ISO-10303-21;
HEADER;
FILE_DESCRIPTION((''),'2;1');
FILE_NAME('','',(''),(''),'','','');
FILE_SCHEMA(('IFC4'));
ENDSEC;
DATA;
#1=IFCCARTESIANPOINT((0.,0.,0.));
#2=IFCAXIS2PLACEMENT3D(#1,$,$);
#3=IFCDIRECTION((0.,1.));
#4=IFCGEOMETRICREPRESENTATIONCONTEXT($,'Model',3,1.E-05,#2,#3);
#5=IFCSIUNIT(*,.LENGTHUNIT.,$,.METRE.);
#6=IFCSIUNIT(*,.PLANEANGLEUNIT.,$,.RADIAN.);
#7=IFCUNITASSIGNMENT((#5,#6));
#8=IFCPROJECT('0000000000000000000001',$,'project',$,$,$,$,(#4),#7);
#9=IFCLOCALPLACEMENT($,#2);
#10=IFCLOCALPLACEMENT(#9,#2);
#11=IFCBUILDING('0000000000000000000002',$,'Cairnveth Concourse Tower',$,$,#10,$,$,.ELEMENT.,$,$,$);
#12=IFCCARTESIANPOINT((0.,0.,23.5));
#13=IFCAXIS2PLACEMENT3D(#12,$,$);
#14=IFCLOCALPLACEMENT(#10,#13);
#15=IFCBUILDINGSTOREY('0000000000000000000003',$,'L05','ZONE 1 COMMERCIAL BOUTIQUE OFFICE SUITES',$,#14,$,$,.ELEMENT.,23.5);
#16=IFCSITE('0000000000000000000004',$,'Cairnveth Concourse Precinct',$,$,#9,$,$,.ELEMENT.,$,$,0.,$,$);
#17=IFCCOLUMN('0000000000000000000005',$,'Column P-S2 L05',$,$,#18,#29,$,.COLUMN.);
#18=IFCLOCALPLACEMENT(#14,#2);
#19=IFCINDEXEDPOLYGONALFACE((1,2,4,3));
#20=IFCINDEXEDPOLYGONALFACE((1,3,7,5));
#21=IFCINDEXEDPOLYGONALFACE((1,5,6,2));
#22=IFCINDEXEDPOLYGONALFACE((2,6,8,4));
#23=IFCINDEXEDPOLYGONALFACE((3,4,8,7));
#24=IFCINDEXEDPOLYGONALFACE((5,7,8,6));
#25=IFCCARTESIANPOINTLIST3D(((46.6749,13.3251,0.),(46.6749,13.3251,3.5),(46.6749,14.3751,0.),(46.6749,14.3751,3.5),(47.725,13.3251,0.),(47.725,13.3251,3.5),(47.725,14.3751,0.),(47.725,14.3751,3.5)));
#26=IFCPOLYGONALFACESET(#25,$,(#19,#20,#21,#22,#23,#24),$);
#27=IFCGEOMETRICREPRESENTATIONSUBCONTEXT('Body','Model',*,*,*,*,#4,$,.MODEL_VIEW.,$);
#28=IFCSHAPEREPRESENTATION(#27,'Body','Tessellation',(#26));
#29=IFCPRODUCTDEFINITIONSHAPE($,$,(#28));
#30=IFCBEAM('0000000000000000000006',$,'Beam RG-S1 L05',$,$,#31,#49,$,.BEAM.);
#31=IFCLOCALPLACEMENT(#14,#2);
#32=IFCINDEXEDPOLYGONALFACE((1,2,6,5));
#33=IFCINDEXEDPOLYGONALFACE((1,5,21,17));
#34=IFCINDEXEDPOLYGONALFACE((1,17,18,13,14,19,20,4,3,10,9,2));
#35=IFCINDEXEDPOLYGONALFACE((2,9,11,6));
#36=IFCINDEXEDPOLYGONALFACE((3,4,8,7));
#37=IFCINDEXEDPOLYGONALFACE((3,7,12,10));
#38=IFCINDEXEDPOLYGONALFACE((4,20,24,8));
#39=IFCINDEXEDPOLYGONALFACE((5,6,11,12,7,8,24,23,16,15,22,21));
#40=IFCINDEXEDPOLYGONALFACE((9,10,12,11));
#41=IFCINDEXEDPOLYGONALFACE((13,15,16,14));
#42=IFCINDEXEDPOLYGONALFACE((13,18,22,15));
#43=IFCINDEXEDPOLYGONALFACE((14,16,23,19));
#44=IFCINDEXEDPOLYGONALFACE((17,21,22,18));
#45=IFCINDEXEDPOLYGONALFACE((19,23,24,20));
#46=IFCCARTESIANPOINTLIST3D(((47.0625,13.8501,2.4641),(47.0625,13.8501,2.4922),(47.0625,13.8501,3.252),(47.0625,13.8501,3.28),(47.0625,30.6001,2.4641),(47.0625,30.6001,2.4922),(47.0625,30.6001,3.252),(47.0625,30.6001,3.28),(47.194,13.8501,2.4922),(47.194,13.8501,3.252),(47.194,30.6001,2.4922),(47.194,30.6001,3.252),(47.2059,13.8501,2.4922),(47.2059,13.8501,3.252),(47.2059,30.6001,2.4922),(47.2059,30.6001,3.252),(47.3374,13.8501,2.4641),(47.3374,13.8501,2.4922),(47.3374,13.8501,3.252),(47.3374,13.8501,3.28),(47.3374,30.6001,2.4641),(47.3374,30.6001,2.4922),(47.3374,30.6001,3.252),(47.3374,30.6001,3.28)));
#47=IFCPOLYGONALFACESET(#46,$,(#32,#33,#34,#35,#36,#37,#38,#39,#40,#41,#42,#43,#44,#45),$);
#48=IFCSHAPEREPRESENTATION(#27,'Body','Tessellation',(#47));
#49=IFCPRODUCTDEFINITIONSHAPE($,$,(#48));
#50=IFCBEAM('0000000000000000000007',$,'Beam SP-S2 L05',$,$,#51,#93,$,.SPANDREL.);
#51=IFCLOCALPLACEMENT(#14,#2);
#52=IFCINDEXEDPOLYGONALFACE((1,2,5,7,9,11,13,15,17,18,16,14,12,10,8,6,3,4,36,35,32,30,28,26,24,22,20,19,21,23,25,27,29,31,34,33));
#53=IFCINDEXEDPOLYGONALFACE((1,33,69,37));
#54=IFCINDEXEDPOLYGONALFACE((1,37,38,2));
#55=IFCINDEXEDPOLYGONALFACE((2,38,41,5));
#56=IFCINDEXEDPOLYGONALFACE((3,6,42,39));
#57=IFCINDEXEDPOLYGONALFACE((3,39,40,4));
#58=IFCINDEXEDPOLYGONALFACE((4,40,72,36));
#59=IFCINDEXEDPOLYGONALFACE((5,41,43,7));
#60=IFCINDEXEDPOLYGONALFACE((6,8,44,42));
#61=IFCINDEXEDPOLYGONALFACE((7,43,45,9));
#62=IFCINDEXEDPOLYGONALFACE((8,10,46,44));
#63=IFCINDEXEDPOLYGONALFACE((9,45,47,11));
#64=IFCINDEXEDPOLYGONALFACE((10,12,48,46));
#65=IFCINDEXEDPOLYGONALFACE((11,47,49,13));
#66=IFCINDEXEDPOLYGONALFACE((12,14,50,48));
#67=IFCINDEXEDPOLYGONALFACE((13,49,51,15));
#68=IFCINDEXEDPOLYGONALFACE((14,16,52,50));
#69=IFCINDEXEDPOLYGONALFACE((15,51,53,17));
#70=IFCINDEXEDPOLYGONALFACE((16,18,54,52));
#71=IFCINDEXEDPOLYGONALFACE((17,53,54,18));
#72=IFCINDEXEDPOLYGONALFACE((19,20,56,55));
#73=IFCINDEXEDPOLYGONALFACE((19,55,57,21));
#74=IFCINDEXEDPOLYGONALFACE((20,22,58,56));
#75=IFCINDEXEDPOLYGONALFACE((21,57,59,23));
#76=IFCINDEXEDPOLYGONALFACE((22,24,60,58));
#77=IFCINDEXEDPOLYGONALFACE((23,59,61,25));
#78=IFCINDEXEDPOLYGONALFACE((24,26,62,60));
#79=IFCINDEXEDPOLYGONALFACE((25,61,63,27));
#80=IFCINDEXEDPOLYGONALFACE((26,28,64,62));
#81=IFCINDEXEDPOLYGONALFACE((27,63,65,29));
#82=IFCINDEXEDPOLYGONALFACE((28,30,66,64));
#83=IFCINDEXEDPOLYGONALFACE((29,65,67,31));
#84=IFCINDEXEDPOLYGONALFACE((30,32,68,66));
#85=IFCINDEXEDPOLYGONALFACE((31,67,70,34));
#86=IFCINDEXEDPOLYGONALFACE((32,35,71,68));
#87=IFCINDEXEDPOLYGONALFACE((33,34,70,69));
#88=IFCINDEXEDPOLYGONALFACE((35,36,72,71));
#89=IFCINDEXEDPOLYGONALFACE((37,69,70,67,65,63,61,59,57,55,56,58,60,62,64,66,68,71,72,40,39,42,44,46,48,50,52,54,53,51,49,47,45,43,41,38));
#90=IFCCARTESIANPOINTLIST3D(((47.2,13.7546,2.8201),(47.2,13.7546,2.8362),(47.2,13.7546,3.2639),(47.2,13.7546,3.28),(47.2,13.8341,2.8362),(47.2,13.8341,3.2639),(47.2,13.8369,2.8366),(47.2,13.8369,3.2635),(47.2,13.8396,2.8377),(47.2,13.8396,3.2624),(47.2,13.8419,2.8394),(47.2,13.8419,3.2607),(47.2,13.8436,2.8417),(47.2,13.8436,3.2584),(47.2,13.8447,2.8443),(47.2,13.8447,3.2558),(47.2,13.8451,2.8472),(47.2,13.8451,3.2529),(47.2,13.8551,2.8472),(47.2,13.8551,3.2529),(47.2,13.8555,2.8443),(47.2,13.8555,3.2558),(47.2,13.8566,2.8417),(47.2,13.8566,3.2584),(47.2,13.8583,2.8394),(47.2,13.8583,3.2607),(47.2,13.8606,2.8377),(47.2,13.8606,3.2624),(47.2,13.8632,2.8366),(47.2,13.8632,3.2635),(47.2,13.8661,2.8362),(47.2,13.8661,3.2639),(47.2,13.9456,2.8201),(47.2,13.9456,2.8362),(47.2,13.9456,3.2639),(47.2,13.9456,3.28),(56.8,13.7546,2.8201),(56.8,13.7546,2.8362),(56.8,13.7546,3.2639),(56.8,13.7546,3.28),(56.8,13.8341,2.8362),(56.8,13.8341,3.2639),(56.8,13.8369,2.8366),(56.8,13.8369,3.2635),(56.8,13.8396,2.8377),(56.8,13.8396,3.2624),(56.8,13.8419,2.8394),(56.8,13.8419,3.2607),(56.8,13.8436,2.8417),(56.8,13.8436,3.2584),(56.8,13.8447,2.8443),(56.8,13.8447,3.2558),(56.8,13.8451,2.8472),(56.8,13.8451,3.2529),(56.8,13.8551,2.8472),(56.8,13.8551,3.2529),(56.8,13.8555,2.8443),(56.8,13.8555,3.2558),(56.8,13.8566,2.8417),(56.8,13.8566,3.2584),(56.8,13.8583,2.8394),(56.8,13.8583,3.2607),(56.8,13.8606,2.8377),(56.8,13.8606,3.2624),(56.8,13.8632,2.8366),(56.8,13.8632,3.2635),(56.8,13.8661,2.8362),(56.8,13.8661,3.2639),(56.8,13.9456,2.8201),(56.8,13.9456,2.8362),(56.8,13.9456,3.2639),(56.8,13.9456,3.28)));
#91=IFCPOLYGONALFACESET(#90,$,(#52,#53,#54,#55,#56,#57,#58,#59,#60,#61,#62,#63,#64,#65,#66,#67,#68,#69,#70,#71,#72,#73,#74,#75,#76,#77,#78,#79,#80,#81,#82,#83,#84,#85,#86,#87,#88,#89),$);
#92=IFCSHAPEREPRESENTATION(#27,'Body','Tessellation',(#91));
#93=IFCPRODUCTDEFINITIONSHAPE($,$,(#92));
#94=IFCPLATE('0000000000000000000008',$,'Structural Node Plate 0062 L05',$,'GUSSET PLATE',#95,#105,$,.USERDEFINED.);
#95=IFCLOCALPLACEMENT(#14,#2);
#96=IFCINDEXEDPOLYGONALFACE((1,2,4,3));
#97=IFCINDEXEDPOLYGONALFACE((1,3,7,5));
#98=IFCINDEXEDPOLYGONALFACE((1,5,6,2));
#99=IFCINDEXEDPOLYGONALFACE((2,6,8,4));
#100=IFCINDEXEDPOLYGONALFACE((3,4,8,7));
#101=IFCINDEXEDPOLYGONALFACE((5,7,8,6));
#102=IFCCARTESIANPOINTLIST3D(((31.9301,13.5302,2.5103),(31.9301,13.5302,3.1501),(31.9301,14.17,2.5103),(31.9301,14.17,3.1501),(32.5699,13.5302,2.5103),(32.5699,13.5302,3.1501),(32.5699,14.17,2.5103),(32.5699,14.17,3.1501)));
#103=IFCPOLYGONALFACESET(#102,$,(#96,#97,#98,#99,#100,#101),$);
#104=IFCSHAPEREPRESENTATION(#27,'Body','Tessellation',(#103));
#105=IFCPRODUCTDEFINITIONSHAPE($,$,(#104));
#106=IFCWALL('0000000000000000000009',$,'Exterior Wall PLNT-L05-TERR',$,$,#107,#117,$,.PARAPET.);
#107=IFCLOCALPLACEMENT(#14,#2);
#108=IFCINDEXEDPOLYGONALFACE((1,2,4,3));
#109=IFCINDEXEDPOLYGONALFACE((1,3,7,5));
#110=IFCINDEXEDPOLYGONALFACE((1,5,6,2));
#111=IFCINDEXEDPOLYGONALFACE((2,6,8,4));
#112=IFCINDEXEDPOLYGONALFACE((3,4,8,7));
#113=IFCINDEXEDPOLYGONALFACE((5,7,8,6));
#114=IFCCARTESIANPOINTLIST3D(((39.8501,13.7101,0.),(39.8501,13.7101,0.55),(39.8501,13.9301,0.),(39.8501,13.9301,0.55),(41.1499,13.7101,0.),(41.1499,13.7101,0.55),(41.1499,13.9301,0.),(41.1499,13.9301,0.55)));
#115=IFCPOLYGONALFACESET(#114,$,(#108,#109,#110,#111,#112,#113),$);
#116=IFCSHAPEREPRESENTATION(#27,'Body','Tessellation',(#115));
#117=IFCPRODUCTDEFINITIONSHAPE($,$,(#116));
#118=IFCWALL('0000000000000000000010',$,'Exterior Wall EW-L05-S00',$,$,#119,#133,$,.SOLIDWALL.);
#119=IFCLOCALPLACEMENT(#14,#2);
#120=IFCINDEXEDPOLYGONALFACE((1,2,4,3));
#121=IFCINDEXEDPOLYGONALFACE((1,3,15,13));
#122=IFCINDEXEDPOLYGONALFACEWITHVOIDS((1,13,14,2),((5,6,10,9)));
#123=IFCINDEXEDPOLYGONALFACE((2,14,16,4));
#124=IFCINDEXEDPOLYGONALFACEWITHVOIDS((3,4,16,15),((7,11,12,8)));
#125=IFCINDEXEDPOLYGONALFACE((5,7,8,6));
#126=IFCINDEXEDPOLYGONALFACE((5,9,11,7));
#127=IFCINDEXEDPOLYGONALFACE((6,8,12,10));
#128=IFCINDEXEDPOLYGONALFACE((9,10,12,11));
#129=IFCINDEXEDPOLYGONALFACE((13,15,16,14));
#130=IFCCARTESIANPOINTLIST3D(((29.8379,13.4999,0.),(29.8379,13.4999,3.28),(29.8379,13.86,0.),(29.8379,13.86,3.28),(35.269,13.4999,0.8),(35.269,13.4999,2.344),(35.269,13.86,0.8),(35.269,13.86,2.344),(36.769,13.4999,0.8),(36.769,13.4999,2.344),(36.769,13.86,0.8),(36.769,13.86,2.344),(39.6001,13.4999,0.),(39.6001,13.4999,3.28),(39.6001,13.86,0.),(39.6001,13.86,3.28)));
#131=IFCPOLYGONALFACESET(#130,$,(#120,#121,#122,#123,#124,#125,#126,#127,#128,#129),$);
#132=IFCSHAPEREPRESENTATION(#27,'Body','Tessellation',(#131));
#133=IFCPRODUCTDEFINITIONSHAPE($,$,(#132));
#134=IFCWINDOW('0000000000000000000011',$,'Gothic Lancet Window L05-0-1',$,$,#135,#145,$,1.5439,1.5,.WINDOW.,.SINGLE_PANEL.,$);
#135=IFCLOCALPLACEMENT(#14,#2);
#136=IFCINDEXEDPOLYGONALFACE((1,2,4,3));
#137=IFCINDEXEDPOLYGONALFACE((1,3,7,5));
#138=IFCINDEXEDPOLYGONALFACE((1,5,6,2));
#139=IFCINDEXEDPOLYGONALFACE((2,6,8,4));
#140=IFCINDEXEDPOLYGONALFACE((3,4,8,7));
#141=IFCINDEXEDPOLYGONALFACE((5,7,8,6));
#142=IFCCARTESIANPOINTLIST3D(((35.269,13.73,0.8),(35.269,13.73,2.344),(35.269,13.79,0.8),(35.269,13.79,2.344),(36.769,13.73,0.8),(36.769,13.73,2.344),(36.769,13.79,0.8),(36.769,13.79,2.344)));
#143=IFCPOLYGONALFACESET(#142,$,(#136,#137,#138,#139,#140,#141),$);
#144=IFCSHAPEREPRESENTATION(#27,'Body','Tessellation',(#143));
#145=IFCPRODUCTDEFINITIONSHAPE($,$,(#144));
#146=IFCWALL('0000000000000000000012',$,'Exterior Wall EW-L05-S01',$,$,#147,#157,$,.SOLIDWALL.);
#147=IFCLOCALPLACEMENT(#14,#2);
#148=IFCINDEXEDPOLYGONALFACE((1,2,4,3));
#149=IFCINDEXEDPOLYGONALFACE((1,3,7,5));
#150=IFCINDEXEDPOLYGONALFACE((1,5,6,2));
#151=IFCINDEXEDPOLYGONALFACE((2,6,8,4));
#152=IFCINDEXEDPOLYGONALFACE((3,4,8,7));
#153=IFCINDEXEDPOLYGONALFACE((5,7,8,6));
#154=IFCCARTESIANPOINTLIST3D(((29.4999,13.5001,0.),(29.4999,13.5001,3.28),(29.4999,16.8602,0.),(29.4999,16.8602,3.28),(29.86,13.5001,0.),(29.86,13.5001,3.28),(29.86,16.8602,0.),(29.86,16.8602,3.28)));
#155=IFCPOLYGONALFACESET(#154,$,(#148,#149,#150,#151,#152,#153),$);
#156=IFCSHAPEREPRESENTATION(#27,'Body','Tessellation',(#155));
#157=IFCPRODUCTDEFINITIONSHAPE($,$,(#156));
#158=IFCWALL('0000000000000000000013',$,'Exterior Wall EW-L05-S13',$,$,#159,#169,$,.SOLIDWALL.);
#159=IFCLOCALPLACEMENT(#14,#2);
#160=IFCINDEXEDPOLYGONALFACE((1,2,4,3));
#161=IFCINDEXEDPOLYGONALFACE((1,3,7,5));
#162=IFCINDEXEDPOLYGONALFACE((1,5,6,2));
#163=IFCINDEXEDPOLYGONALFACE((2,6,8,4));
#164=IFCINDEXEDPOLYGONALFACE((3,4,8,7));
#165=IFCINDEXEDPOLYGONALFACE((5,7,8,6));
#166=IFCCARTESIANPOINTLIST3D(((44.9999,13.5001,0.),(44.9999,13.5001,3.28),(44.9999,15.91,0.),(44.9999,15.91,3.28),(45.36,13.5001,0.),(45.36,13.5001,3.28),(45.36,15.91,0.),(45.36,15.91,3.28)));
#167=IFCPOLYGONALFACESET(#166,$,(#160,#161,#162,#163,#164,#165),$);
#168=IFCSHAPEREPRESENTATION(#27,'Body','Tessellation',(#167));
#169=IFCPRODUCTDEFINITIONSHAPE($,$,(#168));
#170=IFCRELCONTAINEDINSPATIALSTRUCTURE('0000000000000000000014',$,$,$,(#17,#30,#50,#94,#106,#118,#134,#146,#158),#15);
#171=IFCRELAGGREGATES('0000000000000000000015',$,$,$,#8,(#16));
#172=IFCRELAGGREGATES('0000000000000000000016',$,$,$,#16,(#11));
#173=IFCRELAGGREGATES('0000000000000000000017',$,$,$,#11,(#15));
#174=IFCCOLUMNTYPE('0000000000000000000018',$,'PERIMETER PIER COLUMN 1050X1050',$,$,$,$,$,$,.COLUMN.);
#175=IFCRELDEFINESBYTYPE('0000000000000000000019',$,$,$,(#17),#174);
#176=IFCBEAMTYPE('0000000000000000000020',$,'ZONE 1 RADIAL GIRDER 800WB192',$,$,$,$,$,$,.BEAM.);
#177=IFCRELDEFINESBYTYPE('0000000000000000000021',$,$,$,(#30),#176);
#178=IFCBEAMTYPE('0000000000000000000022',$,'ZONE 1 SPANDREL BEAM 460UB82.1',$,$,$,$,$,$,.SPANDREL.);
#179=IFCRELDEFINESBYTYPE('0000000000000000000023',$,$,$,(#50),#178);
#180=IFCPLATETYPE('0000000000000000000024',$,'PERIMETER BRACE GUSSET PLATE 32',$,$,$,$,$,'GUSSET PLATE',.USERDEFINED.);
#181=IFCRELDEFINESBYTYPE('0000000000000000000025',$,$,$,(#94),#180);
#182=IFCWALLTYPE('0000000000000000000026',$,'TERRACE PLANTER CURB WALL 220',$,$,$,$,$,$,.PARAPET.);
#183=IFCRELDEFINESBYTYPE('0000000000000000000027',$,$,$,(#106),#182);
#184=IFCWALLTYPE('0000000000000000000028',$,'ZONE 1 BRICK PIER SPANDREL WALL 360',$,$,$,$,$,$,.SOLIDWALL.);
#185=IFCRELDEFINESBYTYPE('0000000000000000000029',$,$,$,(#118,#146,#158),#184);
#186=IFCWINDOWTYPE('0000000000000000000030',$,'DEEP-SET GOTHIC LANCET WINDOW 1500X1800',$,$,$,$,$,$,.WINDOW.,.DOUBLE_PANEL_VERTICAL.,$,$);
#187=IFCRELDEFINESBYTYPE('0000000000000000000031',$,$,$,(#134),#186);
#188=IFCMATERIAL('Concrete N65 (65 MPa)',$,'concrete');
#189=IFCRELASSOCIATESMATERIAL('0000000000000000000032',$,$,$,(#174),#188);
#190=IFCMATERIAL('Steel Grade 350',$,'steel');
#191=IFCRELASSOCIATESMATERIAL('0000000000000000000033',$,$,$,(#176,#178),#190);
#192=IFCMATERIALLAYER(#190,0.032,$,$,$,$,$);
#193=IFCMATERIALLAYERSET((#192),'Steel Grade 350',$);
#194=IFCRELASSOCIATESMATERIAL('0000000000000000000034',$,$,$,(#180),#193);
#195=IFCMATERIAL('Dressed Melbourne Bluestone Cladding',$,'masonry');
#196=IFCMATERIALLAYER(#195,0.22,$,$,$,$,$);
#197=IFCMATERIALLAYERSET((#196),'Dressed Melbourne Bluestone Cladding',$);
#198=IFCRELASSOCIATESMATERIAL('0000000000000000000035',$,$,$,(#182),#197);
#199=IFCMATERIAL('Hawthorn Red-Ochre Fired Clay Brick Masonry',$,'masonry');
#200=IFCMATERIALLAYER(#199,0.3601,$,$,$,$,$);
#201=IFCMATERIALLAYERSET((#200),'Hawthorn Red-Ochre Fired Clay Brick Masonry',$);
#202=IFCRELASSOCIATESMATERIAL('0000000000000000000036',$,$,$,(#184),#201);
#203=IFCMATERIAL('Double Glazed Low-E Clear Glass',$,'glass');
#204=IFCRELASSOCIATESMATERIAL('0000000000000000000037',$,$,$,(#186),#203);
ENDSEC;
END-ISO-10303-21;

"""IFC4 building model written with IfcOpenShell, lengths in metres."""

from ifc_helpers import new_model, si_unit, direction, frame, frame_2d, origin, origin_2d, place, context, subcontext, project, spatial, rectangle, i_section, extrude, material, layer, layer_set, material_profile, profile_set, type_object, element, fill, save


model = new_model("IFC4")

# Units and contexts
model_context = context("Model", 3, precision=1e-05, world=origin(), true_north=direction((0.0, 1.0)))
body_context = subcontext(model_context, "Body", "Model", "MODEL_VIEW")
ifc_project = project(units=[si_unit("LENGTHUNIT", "METRE"), si_unit("PLANEANGLEUNIT", "RADIAN")], contexts=[model_context])

# Site, building, storey
site_placement = place(None, origin())
site = spatial("IfcSite", under=ifc_project, at=site_placement, Name="Cairnveth Concourse Precinct", CompositionType="ELEMENT", RefElevation=0.0)
building_placement = place(site_placement, origin())
building = spatial("IfcBuilding", under=site, at=building_placement, Name="Cairnveth Concourse Tower", CompositionType="ELEMENT")
storey_placement = place(building_placement, frame((0.0, 0.0, 23.5)))
storey = spatial("IfcBuildingStorey", under=building, at=storey_placement, Name="L05", Description="ZONE 1 COMMERCIAL BOUTIQUE OFFICE SUITES", CompositionType="ELEMENT", Elevation=23.5)

# Column
ifc_material_1 = material(Name="Concrete N65 (65 MPa)", Category="concrete")
ifc_material_profile_1 = material_profile(ifc_material_1, rectangle(XDim=1.05, YDim=1.05, at=origin_2d()), Name="RC-COL-1050x1050")
ifc_profile_set_1 = profile_set([ifc_material_profile_1], Name="Concrete N65 (65 MPa)")
column_type = type_object("IfcColumnType", Name="PERIMETER PIER COLUMN 1050X1050", PredefinedType="COLUMN", material=ifc_profile_set_1)
column_placement = place(storey_placement, frame((47.2, 13.8501, 0.0), z_axis=(0.0, 0.0, 1.0), x_axis=(1.0, 0.0, 0.0)))
element("IfcColumn", 1, at=column_placement, inside=storey, type_object=column_type, Name="Column P-S2 L05", PredefinedType="COLUMN", context=body_context, shape_type="SweptSolid", body=[
    extrude(rectangle(XDim=1.05, YDim=1.05, at=origin_2d()), origin(), (0.0, 0.0, 1.0), 3.5),
])

# Beams
ifc_material_2 = material(Name="Steel Grade 350", Category="steel")
ifc_material_profile_2 = material_profile(ifc_material_2, i_section(OverallWidth=0.2749, OverallDepth=0.8159, WebThickness=0.012, FlangeThickness=0.0281, at=origin_2d()), Name="800WB192")
ifc_profile_set_2 = profile_set([ifc_material_profile_2], Name="Steel Grade 350")
beam_type_1 = type_object("IfcBeamType", Name="ZONE 1 RADIAL GIRDER 800WB192", PredefinedType="BEAM", material=ifc_profile_set_2)
beam_1_placement = place(storey_placement, frame((47.2, 13.8501, 2.8721), z_axis=(0.0, 1.0, 0.0), x_axis=(-1.0, 0.0, 0.0)))
element("IfcBeam", 2, at=beam_1_placement, inside=storey, type_object=beam_type_1, Name="Beam RG-S1 L05", PredefinedType="BEAM", context=body_context, shape_type="SweptSolid", body=[
    extrude(i_section(OverallWidth=0.2749, OverallDepth=0.8159, WebThickness=0.012, FlangeThickness=0.0281, at=origin_2d()), origin(), (0.0, 0.0, 1.0), 16.75),
])
ifc_material_profile_3 = material_profile(ifc_material_2, i_section(OverallWidth=0.1909, OverallDepth=0.46, WebThickness=0.01, FlangeThickness=0.0161, FilletRadius=0.011, at=origin_2d()), Name="460UB82.1")
ifc_profile_set_3 = profile_set([ifc_material_profile_3], Name="Steel Grade 350")
beam_type_2 = type_object("IfcBeamType", Name="ZONE 1 SPANDREL BEAM 460UB82.1", PredefinedType="SPANDREL", material=ifc_profile_set_3)
beam_2_placement = place(storey_placement, frame((47.2, 13.8501, 3.05), z_axis=(1.0, 0.0, 0.0), x_axis=(0.0, 1.0, 0.0)))
element("IfcBeam", 3, at=beam_2_placement, inside=storey, type_object=beam_type_2, Name="Beam SP-S2 L05", PredefinedType="SPANDREL", context=body_context, shape_type="SweptSolid", body=[
    extrude(i_section(OverallWidth=0.1909, OverallDepth=0.46, WebThickness=0.01, FlangeThickness=0.0161, FilletRadius=0.011, at=origin_2d()), origin(), (0.0, 0.0, 1.0), 9.6001),
])

# Plate
ifc_layer_1 = layer(ifc_material_2, 0.032)
ifc_layer_set_1 = layer_set([ifc_layer_1], Name="Steel Grade 350")
plate_type = type_object("IfcPlateType", Name="PERIMETER BRACE GUSSET PLATE 32", ElementType="GUSSET PLATE", PredefinedType="USERDEFINED", material=ifc_layer_set_1)
plate_placement = place(storey_placement, frame((32.25, 13.8501, 2.5103), z_axis=(0.0, 0.0, 1.0), x_axis=(1.0, 0.0, 0.0)))
element("IfcPlate", 4, at=plate_placement, inside=storey, type_object=plate_type, Name="Structural Node Plate 0062 L05", ObjectType="GUSSET PLATE", PredefinedType="USERDEFINED", context=body_context, shape_type="SweptSolid", body=[
    extrude(rectangle(XDim=0.6399, YDim=0.6399, at=origin_2d()), origin(), (0.0, 0.0, 1.0), 0.6399),
])

# Wall
ifc_material_3 = material(Name="Dressed Melbourne Bluestone Cladding", Category="masonry")
ifc_layer_2 = layer(ifc_material_3, 0.22)
ifc_layer_set_2 = layer_set([ifc_layer_2], Name="Dressed Melbourne Bluestone Cladding")
wall_type_1 = type_object("IfcWallType", Name="TERRACE PLANTER CURB WALL 220", PredefinedType="PARAPET", material=ifc_layer_set_2)
wall_1_placement = place(storey_placement, frame((39.8501, 13.8201, 0.0), z_axis=(0.0, 0.0, 1.0), x_axis=(1.0, 0.0, 0.0)))
element("IfcWall", 5, at=wall_1_placement, inside=storey, type_object=wall_type_1, Name="Exterior Wall PLNT-L05-TERR", PredefinedType="PARAPET", context=body_context, shape_type="SweptSolid", body=[
    extrude(rectangle(XDim=1.2998, YDim=0.22, at=frame_2d((0.6499, 0.0))), origin(), (0.0, 0.0, 1.0), 0.55),
])

# Wall, opening, window
ifc_material_4 = material(Name="Hawthorn Red-Ochre Fired Clay Brick Masonry", Category="masonry")
ifc_layer_3 = layer(ifc_material_4, 0.3601)
ifc_layer_set_3 = layer_set([ifc_layer_3], Name="Hawthorn Red-Ochre Fired Clay Brick Masonry")
wall_type_2 = type_object("IfcWallType", Name="ZONE 1 BRICK PIER SPANDREL WALL 360", PredefinedType="SOLIDWALL", material=ifc_layer_set_3)
wall_2_placement = place(storey_placement, frame((39.6001, 13.6799, 0.0), z_axis=(0.0, 0.0, 1.0), x_axis=(-1.0, 0.0, 0.0)))
wall_2 = element("IfcWall", 6, at=wall_2_placement, inside=storey, type_object=wall_type_2, Name="Exterior Wall EW-L05-S00", PredefinedType="SOLIDWALL", context=body_context, shape_type="SweptSolid", body=[
    extrude(rectangle(XDim=9.7622, YDim=0.3601, at=frame_2d((4.8811, 0.0))), origin(), (0.0, 0.0, 1.0), 3.28),
])
opening_placement = place(wall_2_placement, frame((2.8311, 0.0, 0.8)))
opening = element("IfcOpeningElement", 7, at=opening_placement, cuts=wall_2, PredefinedType="OPENING", context=body_context, shape_type="SweptSolid", body=[
    extrude(rectangle(XDim=1.5, YDim=1.5439, at=frame_2d((0.75, 0.772))), frame((0.0, 0.1899, 0.0), z_axis=(0.0, -1.0, 0.0), x_axis=(1.0, 0.0, 0.0)), (0.0, 0.0, 1.0), 0.3801),
])
ifc_material_5 = material(Name="Double Glazed Low-E Clear Glass", Category="glass")
window_type = type_object("IfcWindowType", Name="DEEP-SET GOTHIC LANCET WINDOW 1500X1800", PartitioningType="DOUBLE_PANEL_VERTICAL", PredefinedType="WINDOW", material=ifc_material_5)
window_placement = place(opening_placement, origin())
window = element("IfcWindow", 8, at=window_placement, inside=storey, type_object=window_type, Name="Gothic Lancet Window L05-0-1", OverallHeight=1.5439, OverallWidth=1.5, PartitioningType="SINGLE_PANEL", PredefinedType="WINDOW", context=body_context, shape_type="SweptSolid", body=[
    extrude(rectangle(XDim=1.5, YDim=1.5439, at=frame_2d((0.75, 0.772))), frame((0.0, -0.05, 0.0), z_axis=(0.0, -1.0, 0.0), x_axis=(1.0, 0.0, 0.0)), (0.0, 0.0, 1.0), 0.0601),
])
fill(opening, window)

# Walls
wall_3_placement = place(storey_placement, frame((29.6799, 13.5, 0.0), z_axis=(0.0, 0.0, 1.0), x_axis=(0.0, 1.0, 0.0)))
element("IfcWall", 9, at=wall_3_placement, inside=storey, type_object=wall_type_2, Name="Exterior Wall EW-L05-S01", PredefinedType="SOLIDWALL", context=body_context, shape_type="SweptSolid", body=[
    extrude(rectangle(XDim=3.3601, YDim=0.3601, at=frame_2d((1.6802, 0.0))), origin(), (0.0, 0.0, 1.0), 3.28),
])
wall_4_placement = place(storey_placement, frame((45.1799, 13.5, 0.0), z_axis=(0.0, 0.0, 1.0), x_axis=(0.0, 1.0, 0.0)))
element("IfcWall", 10, at=wall_4_placement, inside=storey, type_object=wall_type_2, Name="Exterior Wall EW-L05-S13", PredefinedType="SOLIDWALL", context=body_context, shape_type="SweptSolid", body=[
    extrude(rectangle(XDim=2.4099, YDim=0.3601, at=frame_2d((1.2051, 0.0))), origin(), (0.0, 0.0, 1.0), 3.28),
])

save(model, "model.ifc")
